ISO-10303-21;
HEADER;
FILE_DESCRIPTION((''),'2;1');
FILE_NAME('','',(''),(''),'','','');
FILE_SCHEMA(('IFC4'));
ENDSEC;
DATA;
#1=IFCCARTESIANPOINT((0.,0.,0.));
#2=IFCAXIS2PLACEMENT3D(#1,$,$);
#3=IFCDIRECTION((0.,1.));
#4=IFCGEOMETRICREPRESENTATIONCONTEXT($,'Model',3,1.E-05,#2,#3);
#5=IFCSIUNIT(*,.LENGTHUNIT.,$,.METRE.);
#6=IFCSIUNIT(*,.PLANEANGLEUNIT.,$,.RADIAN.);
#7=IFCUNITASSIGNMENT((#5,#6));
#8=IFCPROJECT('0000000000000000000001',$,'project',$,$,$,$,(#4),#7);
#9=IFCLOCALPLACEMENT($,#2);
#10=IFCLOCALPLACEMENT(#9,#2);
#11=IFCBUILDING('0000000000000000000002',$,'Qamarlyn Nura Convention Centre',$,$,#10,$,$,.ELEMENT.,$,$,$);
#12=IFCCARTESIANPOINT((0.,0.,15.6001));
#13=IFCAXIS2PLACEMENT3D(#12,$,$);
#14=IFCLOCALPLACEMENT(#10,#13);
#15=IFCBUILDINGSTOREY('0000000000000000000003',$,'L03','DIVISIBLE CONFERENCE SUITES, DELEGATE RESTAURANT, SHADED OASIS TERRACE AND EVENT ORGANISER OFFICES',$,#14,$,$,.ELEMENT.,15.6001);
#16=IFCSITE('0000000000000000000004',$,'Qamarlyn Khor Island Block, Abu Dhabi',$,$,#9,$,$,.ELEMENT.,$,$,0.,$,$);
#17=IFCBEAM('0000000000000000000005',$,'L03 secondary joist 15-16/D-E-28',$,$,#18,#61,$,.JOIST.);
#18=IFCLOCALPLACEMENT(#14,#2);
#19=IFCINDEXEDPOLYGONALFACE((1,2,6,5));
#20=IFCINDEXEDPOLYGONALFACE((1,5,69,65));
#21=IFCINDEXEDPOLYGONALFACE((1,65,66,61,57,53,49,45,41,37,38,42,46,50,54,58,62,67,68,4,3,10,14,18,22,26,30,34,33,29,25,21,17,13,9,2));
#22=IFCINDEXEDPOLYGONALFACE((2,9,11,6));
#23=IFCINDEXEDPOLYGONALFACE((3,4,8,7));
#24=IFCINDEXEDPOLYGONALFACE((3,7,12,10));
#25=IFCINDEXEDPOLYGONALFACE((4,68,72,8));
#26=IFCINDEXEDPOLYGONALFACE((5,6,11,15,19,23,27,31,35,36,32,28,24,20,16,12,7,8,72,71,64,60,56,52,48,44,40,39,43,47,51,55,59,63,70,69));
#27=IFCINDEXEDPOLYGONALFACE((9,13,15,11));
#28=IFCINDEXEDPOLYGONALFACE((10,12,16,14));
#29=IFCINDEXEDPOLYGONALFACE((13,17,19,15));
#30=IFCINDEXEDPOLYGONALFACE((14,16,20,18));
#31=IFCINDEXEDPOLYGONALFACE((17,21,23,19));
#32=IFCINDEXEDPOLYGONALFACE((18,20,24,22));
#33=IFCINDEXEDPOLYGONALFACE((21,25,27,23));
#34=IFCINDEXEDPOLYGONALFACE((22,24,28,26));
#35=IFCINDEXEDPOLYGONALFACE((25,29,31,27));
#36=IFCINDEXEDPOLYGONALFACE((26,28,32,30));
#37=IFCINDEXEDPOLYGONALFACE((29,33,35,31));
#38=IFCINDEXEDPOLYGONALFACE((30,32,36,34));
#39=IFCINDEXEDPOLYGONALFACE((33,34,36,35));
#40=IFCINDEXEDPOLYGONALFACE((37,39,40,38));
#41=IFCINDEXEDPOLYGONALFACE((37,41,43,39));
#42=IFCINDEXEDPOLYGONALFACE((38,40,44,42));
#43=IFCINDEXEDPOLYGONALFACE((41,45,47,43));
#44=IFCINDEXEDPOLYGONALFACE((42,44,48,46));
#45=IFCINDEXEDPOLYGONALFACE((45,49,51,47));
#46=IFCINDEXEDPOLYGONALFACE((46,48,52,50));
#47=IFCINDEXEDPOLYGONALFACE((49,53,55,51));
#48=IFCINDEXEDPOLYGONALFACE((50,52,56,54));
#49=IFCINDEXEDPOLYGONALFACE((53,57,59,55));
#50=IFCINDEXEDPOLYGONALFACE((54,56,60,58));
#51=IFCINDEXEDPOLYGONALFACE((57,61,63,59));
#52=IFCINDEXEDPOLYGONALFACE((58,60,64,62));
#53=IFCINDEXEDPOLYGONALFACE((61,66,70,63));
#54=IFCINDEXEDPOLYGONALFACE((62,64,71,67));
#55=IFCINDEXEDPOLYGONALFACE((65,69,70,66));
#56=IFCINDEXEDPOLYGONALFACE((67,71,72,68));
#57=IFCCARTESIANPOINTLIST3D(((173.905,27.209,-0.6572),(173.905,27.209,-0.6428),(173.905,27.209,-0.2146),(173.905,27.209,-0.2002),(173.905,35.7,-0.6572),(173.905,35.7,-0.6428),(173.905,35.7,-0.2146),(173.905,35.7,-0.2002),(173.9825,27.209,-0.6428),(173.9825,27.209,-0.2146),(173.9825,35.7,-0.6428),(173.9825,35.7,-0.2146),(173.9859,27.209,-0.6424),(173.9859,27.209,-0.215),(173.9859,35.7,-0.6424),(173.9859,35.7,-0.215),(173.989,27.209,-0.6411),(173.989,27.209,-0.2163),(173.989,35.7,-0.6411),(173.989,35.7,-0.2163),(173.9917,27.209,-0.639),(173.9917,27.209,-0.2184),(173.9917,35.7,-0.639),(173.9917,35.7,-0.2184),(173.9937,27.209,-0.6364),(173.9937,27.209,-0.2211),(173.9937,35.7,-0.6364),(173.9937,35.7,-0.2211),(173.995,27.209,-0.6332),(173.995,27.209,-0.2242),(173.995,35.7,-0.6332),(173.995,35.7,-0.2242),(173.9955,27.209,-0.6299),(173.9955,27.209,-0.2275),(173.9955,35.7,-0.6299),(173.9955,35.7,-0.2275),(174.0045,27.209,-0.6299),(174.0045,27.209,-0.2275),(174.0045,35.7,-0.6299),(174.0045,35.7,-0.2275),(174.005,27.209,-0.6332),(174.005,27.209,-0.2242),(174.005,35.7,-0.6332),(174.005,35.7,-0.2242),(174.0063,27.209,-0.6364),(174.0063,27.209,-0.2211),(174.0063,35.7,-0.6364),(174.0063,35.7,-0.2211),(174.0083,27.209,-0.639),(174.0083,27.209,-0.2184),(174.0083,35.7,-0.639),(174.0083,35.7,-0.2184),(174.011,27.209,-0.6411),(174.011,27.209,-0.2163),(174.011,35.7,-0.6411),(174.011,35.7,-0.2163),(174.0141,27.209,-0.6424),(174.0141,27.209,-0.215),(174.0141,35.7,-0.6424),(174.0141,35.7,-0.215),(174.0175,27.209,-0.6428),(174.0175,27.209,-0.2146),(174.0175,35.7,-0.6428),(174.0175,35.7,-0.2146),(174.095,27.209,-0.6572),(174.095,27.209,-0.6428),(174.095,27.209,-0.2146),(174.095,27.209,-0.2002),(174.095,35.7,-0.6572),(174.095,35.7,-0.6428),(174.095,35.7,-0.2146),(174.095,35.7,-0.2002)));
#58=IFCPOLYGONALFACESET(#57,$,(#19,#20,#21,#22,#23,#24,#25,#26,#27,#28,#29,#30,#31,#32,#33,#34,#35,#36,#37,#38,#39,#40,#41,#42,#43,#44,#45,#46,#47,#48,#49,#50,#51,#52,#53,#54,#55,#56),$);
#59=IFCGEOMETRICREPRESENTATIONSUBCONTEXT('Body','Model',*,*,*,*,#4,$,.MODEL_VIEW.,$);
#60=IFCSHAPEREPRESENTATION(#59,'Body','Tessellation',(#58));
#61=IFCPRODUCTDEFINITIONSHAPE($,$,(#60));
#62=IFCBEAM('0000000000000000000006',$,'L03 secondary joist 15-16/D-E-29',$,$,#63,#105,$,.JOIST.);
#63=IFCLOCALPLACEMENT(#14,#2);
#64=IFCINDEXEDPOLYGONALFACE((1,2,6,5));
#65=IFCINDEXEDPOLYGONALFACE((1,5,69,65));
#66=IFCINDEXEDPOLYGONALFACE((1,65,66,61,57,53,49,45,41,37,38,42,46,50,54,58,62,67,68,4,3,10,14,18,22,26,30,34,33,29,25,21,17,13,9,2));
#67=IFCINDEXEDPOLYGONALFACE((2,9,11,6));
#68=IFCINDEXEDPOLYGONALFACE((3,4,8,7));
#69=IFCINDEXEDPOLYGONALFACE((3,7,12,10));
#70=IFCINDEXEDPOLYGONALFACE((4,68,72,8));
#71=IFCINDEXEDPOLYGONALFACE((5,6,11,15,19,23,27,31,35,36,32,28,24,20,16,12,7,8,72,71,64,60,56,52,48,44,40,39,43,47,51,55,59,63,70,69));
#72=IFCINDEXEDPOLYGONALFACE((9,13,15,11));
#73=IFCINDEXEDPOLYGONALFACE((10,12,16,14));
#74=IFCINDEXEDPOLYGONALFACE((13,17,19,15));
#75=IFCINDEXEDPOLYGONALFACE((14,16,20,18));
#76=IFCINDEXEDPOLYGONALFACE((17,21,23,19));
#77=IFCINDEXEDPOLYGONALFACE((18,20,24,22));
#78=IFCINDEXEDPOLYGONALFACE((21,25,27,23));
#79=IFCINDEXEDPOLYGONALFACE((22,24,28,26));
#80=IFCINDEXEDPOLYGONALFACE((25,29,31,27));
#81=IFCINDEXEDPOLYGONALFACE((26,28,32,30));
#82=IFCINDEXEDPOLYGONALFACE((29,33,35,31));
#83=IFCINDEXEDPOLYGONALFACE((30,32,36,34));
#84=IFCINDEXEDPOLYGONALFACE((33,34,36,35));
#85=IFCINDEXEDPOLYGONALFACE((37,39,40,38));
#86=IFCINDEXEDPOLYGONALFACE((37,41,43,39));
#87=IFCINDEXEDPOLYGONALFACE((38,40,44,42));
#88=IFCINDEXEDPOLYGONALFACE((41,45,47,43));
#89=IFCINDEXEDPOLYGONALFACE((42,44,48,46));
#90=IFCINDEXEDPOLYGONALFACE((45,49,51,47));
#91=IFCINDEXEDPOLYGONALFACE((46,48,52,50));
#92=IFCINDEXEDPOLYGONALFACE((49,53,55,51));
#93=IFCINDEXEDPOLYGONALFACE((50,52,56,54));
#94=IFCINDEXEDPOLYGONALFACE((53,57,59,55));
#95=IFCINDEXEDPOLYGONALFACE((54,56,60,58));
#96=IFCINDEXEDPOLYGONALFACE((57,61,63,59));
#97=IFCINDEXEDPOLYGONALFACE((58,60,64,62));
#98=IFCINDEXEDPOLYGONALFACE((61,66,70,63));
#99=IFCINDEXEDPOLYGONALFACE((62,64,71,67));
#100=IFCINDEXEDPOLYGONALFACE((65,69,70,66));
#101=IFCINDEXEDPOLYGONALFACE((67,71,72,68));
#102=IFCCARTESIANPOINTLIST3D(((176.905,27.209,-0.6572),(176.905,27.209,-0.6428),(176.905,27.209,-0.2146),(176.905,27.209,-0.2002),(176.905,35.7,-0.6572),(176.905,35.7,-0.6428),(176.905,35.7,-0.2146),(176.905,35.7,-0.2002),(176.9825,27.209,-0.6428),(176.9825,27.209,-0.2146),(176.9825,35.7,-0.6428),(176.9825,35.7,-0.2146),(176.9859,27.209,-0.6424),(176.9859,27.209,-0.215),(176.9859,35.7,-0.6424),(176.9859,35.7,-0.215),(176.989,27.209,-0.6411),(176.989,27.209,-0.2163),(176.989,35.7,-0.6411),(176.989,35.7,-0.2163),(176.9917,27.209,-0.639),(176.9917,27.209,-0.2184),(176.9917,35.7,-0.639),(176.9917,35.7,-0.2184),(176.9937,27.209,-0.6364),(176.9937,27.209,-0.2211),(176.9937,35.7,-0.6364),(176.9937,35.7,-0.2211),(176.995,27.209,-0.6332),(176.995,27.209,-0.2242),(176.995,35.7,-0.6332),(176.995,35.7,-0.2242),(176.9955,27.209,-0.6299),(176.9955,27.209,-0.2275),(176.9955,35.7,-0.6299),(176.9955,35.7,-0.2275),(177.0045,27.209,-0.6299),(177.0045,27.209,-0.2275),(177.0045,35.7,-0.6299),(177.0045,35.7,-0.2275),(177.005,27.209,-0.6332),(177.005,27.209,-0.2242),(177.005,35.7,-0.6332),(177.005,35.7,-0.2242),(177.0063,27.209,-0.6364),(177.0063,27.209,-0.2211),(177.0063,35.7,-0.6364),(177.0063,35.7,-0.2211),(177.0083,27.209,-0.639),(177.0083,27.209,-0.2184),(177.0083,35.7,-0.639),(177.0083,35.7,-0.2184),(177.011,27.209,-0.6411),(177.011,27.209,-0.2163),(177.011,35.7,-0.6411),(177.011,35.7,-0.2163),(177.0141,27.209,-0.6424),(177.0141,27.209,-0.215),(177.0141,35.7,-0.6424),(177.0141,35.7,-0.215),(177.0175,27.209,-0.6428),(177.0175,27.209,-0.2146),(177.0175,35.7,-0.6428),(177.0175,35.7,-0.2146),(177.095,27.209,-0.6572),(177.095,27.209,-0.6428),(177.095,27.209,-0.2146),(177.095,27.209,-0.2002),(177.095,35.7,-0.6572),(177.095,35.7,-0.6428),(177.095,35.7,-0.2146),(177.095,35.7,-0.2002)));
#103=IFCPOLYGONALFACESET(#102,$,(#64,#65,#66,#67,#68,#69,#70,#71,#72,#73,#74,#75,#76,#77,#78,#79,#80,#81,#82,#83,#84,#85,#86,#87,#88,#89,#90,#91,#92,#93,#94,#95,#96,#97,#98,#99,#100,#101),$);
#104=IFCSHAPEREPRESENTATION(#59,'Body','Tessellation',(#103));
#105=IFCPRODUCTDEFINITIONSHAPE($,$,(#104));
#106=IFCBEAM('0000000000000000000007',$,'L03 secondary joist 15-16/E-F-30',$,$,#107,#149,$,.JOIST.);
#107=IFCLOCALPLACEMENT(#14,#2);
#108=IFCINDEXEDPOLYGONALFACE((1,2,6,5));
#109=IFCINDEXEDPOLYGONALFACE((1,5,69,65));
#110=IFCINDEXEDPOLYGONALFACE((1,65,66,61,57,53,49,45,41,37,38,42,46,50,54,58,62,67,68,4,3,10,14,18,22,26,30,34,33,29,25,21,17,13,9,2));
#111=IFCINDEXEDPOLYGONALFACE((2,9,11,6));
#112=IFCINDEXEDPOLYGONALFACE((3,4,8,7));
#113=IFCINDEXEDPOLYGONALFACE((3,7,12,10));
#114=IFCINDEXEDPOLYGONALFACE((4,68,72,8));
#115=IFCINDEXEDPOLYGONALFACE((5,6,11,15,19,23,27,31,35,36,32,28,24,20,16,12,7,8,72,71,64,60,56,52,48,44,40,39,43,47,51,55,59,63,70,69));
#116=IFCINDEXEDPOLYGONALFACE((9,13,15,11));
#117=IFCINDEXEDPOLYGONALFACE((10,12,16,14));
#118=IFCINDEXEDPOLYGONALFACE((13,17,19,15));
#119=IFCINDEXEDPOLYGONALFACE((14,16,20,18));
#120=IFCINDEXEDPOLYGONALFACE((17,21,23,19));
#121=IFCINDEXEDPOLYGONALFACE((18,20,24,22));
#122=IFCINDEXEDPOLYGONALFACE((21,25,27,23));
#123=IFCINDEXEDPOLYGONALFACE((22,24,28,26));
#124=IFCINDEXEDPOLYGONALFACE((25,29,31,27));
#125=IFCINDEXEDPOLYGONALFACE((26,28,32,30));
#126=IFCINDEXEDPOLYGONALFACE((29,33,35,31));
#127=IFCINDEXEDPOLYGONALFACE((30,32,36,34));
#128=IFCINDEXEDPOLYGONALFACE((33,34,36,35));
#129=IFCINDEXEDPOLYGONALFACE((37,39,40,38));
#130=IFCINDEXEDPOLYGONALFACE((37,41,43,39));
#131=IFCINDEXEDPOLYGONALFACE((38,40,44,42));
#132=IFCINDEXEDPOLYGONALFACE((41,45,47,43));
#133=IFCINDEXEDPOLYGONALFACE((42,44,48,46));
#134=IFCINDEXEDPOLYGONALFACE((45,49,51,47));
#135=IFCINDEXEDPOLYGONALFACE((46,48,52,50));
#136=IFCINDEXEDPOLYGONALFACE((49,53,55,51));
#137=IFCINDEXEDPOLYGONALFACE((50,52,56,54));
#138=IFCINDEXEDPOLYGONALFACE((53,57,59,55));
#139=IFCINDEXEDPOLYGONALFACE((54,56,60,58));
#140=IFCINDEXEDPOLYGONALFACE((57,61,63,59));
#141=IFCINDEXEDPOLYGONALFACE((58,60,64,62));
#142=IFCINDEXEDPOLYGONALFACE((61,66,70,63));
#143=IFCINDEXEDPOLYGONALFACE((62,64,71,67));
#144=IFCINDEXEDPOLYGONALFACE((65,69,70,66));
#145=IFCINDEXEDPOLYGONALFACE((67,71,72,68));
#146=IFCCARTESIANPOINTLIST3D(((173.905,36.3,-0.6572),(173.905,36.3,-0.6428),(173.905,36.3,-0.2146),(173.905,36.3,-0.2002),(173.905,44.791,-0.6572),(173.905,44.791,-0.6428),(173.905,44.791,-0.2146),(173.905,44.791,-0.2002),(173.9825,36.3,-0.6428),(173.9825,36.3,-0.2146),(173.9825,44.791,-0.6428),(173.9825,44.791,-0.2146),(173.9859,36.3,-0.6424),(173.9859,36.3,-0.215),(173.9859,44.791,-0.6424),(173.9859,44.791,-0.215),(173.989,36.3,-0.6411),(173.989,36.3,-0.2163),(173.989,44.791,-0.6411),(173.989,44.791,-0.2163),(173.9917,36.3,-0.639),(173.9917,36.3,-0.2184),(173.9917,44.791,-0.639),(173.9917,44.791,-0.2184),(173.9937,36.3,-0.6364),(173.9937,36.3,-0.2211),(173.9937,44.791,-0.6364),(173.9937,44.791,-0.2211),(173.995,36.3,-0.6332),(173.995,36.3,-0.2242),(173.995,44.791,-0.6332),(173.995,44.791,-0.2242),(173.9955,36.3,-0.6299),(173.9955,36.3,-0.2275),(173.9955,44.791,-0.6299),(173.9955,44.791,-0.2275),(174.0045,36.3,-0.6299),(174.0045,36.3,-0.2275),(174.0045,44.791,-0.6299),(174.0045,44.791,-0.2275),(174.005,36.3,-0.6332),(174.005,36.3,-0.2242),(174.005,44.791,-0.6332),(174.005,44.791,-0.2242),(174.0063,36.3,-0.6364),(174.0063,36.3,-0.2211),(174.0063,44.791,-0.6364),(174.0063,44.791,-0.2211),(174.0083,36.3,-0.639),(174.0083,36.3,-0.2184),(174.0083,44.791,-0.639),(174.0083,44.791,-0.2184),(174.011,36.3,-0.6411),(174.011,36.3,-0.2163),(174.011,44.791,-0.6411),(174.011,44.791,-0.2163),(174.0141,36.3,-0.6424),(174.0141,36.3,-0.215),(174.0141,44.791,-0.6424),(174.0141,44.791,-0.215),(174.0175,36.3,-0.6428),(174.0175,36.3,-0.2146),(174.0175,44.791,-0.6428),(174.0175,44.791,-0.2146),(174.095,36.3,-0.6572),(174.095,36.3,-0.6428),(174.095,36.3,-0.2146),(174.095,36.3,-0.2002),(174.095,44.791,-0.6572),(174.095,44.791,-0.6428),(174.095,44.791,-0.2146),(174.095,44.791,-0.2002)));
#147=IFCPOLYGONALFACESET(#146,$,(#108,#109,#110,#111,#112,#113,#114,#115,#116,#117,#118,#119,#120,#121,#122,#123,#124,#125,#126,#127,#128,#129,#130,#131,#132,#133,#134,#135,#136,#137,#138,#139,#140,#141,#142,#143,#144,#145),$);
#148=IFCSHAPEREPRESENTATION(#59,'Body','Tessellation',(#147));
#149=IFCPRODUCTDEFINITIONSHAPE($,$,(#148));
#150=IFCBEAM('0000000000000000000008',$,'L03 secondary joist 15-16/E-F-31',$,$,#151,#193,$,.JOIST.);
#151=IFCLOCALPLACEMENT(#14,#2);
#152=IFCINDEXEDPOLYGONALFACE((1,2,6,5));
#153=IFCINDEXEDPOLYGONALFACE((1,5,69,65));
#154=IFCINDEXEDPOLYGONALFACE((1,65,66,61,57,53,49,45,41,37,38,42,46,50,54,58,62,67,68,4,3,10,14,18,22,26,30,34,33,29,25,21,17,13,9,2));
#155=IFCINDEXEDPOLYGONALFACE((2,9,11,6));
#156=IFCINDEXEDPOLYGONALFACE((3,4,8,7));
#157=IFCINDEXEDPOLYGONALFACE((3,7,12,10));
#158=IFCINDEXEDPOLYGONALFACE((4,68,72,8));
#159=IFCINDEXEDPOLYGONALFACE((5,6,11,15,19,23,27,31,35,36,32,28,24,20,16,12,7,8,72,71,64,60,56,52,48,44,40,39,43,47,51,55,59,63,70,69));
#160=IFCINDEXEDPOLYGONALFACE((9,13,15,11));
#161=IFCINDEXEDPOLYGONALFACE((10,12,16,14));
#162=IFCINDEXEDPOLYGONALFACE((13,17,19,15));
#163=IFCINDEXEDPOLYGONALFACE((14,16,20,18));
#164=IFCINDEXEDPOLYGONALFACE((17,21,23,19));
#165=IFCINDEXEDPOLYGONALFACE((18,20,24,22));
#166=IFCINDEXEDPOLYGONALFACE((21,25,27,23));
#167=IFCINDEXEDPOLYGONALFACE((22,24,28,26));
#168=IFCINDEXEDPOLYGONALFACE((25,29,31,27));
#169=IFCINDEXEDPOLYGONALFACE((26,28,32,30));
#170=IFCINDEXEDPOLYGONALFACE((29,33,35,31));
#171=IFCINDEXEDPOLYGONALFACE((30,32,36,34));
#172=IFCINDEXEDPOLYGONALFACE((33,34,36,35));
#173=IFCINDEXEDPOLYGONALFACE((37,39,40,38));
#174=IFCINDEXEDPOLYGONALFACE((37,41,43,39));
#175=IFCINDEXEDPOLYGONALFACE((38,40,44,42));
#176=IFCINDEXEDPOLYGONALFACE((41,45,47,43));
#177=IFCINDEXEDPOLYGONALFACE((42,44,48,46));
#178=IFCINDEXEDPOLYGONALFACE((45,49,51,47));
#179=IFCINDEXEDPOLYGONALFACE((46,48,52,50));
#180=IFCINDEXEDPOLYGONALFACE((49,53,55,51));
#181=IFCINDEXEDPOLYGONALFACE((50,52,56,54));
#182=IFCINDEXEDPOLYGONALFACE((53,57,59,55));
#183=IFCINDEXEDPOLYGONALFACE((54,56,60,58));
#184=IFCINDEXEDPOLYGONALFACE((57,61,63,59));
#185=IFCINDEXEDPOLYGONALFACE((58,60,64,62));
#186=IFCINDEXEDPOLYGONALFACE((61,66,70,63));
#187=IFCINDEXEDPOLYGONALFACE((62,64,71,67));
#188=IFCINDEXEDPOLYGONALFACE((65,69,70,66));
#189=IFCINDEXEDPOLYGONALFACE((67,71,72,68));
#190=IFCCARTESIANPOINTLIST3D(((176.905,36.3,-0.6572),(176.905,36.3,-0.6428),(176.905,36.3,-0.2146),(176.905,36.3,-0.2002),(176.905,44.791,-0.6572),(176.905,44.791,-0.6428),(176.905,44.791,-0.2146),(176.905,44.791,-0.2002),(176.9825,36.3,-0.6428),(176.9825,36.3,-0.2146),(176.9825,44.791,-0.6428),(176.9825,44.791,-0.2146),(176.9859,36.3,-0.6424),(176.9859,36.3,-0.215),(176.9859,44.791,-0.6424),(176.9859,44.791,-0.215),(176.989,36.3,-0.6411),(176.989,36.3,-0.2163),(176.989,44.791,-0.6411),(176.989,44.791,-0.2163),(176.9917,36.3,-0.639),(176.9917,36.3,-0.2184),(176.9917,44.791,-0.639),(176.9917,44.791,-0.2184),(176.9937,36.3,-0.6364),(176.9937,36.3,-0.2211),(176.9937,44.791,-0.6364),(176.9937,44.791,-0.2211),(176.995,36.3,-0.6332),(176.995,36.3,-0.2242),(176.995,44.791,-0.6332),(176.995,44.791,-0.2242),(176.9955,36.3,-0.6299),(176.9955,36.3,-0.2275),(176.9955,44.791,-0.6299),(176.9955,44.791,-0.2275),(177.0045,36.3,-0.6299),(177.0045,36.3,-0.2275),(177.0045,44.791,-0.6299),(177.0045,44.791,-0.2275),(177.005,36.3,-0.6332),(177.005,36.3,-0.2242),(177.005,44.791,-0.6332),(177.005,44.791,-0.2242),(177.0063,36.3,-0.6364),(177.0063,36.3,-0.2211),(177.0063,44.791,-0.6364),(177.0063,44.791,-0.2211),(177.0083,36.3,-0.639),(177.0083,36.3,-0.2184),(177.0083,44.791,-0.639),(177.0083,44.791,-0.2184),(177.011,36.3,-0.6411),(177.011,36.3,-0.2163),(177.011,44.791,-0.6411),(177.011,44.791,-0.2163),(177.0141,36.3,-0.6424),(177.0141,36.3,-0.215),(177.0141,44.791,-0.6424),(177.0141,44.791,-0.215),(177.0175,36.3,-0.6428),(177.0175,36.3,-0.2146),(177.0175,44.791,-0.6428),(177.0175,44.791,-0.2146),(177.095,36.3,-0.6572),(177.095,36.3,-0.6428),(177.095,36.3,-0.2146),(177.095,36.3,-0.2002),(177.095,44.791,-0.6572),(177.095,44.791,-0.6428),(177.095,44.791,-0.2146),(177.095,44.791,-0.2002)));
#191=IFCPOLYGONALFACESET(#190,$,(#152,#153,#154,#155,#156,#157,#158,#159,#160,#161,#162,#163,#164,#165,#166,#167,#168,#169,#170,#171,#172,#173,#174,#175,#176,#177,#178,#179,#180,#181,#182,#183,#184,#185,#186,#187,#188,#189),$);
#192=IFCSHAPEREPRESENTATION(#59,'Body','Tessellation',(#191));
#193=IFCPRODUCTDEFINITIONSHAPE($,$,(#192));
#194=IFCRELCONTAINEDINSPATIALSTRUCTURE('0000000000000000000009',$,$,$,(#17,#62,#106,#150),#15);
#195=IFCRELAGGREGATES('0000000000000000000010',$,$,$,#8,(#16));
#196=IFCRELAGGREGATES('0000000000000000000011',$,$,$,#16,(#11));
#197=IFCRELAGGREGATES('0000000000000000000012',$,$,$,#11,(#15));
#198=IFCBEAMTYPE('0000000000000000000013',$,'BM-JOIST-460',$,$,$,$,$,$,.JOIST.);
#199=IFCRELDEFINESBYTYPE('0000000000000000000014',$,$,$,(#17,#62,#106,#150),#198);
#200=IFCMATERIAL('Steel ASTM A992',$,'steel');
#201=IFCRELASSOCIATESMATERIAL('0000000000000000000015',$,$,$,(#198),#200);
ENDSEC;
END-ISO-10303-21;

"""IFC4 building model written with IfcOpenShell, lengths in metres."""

from ifc_helpers import new_model, si_unit, direction, frame, origin, origin_2d, place, context, subcontext, project, spatial, i_section, extrude, material, material_profile, profile_set, type_object, element, save


model = new_model("IFC4")

# Units and contexts
model_context = context("Model", 3, precision=1e-05, world=origin(), true_north=direction((0.0, 1.0)))
body_context = subcontext(model_context, "Body", "Model", "MODEL_VIEW")
ifc_project = project(units=[si_unit("LENGTHUNIT", "METRE"), si_unit("PLANEANGLEUNIT", "RADIAN")], contexts=[model_context])

# Site, building, storey
site_placement = place(None, origin())
site = spatial("IfcSite", under=ifc_project, at=site_placement, Name="Qamarlyn Khor Island Block, Abu Dhabi", CompositionType="ELEMENT", RefElevation=0.0)
building_placement = place(site_placement, origin())
building = spatial("IfcBuilding", under=site, at=building_placement, Name="Qamarlyn Nura Convention Centre", CompositionType="ELEMENT")
storey_placement = place(building_placement, frame((0.0, 0.0, 15.6001)))
storey = spatial("IfcBuildingStorey", under=building, at=storey_placement, Name="L03", Description="DIVISIBLE CONFERENCE SUITES, DELEGATE RESTAURANT, SHADED OASIS TERRACE AND EVENT ORGANISER OFFICES", CompositionType="ELEMENT", Elevation=15.6001)

# Shared definitions
ifc_material_1 = material(Name="Steel ASTM A992", Category="steel")

# Beams
ifc_material_profile_1 = material_profile(ifc_material_1, i_section(OverallWidth=0.1899, OverallDepth=0.457, WebThickness=0.009, FlangeThickness=0.0144, FilletRadius=0.0129, at=origin_2d()), Name="W460X74")
ifc_profile_set_1 = profile_set([ifc_material_profile_1], Name="Steel ASTM A992")
beam_type_1 = type_object("IfcBeamType", Name="BM-JOIST-460", PredefinedType="JOIST", material=ifc_profile_set_1)
for number, where, z_axis, x_axis, name in (
    (1, (174.0, 27.209, -0.4287), (0.0, 1.0, 0.0), (-1.0, 0.0, 0.0), "L03 secondary joist 15-16/D-E-28"),
    (2, (177.0, 27.209, -0.4287), (0.0, 1.0, 0.0), (-1.0, 0.0, 0.0), "L03 secondary joist 15-16/D-E-29"),
    (3, (174.0, 36.3, -0.4287), (0.0, 1.0, 0.0), (-1.0, 0.0, 0.0), "L03 secondary joist 15-16/E-F-30"),
    (4, (177.0, 36.3, -0.4287), (0.0, 1.0, 0.0), (-1.0, 0.0, 0.0), "L03 secondary joist 15-16/E-F-31"),
):
    element("IfcBeam", number, at=place(storey_placement, frame(where, z_axis=z_axis, x_axis=x_axis)), inside=storey, type_object=beam_type_1, Name=name, PredefinedType="JOIST", context=body_context, shape_type="SweptSolid", body=[
        extrude(i_section(OverallWidth=0.1899, OverallDepth=0.457, WebThickness=0.009, FlangeThickness=0.0144, FilletRadius=0.0129, at=origin_2d()), origin(), (0.0, 0.0, 1.0), 8.491),
    ])

save(model, "model.ifc")
